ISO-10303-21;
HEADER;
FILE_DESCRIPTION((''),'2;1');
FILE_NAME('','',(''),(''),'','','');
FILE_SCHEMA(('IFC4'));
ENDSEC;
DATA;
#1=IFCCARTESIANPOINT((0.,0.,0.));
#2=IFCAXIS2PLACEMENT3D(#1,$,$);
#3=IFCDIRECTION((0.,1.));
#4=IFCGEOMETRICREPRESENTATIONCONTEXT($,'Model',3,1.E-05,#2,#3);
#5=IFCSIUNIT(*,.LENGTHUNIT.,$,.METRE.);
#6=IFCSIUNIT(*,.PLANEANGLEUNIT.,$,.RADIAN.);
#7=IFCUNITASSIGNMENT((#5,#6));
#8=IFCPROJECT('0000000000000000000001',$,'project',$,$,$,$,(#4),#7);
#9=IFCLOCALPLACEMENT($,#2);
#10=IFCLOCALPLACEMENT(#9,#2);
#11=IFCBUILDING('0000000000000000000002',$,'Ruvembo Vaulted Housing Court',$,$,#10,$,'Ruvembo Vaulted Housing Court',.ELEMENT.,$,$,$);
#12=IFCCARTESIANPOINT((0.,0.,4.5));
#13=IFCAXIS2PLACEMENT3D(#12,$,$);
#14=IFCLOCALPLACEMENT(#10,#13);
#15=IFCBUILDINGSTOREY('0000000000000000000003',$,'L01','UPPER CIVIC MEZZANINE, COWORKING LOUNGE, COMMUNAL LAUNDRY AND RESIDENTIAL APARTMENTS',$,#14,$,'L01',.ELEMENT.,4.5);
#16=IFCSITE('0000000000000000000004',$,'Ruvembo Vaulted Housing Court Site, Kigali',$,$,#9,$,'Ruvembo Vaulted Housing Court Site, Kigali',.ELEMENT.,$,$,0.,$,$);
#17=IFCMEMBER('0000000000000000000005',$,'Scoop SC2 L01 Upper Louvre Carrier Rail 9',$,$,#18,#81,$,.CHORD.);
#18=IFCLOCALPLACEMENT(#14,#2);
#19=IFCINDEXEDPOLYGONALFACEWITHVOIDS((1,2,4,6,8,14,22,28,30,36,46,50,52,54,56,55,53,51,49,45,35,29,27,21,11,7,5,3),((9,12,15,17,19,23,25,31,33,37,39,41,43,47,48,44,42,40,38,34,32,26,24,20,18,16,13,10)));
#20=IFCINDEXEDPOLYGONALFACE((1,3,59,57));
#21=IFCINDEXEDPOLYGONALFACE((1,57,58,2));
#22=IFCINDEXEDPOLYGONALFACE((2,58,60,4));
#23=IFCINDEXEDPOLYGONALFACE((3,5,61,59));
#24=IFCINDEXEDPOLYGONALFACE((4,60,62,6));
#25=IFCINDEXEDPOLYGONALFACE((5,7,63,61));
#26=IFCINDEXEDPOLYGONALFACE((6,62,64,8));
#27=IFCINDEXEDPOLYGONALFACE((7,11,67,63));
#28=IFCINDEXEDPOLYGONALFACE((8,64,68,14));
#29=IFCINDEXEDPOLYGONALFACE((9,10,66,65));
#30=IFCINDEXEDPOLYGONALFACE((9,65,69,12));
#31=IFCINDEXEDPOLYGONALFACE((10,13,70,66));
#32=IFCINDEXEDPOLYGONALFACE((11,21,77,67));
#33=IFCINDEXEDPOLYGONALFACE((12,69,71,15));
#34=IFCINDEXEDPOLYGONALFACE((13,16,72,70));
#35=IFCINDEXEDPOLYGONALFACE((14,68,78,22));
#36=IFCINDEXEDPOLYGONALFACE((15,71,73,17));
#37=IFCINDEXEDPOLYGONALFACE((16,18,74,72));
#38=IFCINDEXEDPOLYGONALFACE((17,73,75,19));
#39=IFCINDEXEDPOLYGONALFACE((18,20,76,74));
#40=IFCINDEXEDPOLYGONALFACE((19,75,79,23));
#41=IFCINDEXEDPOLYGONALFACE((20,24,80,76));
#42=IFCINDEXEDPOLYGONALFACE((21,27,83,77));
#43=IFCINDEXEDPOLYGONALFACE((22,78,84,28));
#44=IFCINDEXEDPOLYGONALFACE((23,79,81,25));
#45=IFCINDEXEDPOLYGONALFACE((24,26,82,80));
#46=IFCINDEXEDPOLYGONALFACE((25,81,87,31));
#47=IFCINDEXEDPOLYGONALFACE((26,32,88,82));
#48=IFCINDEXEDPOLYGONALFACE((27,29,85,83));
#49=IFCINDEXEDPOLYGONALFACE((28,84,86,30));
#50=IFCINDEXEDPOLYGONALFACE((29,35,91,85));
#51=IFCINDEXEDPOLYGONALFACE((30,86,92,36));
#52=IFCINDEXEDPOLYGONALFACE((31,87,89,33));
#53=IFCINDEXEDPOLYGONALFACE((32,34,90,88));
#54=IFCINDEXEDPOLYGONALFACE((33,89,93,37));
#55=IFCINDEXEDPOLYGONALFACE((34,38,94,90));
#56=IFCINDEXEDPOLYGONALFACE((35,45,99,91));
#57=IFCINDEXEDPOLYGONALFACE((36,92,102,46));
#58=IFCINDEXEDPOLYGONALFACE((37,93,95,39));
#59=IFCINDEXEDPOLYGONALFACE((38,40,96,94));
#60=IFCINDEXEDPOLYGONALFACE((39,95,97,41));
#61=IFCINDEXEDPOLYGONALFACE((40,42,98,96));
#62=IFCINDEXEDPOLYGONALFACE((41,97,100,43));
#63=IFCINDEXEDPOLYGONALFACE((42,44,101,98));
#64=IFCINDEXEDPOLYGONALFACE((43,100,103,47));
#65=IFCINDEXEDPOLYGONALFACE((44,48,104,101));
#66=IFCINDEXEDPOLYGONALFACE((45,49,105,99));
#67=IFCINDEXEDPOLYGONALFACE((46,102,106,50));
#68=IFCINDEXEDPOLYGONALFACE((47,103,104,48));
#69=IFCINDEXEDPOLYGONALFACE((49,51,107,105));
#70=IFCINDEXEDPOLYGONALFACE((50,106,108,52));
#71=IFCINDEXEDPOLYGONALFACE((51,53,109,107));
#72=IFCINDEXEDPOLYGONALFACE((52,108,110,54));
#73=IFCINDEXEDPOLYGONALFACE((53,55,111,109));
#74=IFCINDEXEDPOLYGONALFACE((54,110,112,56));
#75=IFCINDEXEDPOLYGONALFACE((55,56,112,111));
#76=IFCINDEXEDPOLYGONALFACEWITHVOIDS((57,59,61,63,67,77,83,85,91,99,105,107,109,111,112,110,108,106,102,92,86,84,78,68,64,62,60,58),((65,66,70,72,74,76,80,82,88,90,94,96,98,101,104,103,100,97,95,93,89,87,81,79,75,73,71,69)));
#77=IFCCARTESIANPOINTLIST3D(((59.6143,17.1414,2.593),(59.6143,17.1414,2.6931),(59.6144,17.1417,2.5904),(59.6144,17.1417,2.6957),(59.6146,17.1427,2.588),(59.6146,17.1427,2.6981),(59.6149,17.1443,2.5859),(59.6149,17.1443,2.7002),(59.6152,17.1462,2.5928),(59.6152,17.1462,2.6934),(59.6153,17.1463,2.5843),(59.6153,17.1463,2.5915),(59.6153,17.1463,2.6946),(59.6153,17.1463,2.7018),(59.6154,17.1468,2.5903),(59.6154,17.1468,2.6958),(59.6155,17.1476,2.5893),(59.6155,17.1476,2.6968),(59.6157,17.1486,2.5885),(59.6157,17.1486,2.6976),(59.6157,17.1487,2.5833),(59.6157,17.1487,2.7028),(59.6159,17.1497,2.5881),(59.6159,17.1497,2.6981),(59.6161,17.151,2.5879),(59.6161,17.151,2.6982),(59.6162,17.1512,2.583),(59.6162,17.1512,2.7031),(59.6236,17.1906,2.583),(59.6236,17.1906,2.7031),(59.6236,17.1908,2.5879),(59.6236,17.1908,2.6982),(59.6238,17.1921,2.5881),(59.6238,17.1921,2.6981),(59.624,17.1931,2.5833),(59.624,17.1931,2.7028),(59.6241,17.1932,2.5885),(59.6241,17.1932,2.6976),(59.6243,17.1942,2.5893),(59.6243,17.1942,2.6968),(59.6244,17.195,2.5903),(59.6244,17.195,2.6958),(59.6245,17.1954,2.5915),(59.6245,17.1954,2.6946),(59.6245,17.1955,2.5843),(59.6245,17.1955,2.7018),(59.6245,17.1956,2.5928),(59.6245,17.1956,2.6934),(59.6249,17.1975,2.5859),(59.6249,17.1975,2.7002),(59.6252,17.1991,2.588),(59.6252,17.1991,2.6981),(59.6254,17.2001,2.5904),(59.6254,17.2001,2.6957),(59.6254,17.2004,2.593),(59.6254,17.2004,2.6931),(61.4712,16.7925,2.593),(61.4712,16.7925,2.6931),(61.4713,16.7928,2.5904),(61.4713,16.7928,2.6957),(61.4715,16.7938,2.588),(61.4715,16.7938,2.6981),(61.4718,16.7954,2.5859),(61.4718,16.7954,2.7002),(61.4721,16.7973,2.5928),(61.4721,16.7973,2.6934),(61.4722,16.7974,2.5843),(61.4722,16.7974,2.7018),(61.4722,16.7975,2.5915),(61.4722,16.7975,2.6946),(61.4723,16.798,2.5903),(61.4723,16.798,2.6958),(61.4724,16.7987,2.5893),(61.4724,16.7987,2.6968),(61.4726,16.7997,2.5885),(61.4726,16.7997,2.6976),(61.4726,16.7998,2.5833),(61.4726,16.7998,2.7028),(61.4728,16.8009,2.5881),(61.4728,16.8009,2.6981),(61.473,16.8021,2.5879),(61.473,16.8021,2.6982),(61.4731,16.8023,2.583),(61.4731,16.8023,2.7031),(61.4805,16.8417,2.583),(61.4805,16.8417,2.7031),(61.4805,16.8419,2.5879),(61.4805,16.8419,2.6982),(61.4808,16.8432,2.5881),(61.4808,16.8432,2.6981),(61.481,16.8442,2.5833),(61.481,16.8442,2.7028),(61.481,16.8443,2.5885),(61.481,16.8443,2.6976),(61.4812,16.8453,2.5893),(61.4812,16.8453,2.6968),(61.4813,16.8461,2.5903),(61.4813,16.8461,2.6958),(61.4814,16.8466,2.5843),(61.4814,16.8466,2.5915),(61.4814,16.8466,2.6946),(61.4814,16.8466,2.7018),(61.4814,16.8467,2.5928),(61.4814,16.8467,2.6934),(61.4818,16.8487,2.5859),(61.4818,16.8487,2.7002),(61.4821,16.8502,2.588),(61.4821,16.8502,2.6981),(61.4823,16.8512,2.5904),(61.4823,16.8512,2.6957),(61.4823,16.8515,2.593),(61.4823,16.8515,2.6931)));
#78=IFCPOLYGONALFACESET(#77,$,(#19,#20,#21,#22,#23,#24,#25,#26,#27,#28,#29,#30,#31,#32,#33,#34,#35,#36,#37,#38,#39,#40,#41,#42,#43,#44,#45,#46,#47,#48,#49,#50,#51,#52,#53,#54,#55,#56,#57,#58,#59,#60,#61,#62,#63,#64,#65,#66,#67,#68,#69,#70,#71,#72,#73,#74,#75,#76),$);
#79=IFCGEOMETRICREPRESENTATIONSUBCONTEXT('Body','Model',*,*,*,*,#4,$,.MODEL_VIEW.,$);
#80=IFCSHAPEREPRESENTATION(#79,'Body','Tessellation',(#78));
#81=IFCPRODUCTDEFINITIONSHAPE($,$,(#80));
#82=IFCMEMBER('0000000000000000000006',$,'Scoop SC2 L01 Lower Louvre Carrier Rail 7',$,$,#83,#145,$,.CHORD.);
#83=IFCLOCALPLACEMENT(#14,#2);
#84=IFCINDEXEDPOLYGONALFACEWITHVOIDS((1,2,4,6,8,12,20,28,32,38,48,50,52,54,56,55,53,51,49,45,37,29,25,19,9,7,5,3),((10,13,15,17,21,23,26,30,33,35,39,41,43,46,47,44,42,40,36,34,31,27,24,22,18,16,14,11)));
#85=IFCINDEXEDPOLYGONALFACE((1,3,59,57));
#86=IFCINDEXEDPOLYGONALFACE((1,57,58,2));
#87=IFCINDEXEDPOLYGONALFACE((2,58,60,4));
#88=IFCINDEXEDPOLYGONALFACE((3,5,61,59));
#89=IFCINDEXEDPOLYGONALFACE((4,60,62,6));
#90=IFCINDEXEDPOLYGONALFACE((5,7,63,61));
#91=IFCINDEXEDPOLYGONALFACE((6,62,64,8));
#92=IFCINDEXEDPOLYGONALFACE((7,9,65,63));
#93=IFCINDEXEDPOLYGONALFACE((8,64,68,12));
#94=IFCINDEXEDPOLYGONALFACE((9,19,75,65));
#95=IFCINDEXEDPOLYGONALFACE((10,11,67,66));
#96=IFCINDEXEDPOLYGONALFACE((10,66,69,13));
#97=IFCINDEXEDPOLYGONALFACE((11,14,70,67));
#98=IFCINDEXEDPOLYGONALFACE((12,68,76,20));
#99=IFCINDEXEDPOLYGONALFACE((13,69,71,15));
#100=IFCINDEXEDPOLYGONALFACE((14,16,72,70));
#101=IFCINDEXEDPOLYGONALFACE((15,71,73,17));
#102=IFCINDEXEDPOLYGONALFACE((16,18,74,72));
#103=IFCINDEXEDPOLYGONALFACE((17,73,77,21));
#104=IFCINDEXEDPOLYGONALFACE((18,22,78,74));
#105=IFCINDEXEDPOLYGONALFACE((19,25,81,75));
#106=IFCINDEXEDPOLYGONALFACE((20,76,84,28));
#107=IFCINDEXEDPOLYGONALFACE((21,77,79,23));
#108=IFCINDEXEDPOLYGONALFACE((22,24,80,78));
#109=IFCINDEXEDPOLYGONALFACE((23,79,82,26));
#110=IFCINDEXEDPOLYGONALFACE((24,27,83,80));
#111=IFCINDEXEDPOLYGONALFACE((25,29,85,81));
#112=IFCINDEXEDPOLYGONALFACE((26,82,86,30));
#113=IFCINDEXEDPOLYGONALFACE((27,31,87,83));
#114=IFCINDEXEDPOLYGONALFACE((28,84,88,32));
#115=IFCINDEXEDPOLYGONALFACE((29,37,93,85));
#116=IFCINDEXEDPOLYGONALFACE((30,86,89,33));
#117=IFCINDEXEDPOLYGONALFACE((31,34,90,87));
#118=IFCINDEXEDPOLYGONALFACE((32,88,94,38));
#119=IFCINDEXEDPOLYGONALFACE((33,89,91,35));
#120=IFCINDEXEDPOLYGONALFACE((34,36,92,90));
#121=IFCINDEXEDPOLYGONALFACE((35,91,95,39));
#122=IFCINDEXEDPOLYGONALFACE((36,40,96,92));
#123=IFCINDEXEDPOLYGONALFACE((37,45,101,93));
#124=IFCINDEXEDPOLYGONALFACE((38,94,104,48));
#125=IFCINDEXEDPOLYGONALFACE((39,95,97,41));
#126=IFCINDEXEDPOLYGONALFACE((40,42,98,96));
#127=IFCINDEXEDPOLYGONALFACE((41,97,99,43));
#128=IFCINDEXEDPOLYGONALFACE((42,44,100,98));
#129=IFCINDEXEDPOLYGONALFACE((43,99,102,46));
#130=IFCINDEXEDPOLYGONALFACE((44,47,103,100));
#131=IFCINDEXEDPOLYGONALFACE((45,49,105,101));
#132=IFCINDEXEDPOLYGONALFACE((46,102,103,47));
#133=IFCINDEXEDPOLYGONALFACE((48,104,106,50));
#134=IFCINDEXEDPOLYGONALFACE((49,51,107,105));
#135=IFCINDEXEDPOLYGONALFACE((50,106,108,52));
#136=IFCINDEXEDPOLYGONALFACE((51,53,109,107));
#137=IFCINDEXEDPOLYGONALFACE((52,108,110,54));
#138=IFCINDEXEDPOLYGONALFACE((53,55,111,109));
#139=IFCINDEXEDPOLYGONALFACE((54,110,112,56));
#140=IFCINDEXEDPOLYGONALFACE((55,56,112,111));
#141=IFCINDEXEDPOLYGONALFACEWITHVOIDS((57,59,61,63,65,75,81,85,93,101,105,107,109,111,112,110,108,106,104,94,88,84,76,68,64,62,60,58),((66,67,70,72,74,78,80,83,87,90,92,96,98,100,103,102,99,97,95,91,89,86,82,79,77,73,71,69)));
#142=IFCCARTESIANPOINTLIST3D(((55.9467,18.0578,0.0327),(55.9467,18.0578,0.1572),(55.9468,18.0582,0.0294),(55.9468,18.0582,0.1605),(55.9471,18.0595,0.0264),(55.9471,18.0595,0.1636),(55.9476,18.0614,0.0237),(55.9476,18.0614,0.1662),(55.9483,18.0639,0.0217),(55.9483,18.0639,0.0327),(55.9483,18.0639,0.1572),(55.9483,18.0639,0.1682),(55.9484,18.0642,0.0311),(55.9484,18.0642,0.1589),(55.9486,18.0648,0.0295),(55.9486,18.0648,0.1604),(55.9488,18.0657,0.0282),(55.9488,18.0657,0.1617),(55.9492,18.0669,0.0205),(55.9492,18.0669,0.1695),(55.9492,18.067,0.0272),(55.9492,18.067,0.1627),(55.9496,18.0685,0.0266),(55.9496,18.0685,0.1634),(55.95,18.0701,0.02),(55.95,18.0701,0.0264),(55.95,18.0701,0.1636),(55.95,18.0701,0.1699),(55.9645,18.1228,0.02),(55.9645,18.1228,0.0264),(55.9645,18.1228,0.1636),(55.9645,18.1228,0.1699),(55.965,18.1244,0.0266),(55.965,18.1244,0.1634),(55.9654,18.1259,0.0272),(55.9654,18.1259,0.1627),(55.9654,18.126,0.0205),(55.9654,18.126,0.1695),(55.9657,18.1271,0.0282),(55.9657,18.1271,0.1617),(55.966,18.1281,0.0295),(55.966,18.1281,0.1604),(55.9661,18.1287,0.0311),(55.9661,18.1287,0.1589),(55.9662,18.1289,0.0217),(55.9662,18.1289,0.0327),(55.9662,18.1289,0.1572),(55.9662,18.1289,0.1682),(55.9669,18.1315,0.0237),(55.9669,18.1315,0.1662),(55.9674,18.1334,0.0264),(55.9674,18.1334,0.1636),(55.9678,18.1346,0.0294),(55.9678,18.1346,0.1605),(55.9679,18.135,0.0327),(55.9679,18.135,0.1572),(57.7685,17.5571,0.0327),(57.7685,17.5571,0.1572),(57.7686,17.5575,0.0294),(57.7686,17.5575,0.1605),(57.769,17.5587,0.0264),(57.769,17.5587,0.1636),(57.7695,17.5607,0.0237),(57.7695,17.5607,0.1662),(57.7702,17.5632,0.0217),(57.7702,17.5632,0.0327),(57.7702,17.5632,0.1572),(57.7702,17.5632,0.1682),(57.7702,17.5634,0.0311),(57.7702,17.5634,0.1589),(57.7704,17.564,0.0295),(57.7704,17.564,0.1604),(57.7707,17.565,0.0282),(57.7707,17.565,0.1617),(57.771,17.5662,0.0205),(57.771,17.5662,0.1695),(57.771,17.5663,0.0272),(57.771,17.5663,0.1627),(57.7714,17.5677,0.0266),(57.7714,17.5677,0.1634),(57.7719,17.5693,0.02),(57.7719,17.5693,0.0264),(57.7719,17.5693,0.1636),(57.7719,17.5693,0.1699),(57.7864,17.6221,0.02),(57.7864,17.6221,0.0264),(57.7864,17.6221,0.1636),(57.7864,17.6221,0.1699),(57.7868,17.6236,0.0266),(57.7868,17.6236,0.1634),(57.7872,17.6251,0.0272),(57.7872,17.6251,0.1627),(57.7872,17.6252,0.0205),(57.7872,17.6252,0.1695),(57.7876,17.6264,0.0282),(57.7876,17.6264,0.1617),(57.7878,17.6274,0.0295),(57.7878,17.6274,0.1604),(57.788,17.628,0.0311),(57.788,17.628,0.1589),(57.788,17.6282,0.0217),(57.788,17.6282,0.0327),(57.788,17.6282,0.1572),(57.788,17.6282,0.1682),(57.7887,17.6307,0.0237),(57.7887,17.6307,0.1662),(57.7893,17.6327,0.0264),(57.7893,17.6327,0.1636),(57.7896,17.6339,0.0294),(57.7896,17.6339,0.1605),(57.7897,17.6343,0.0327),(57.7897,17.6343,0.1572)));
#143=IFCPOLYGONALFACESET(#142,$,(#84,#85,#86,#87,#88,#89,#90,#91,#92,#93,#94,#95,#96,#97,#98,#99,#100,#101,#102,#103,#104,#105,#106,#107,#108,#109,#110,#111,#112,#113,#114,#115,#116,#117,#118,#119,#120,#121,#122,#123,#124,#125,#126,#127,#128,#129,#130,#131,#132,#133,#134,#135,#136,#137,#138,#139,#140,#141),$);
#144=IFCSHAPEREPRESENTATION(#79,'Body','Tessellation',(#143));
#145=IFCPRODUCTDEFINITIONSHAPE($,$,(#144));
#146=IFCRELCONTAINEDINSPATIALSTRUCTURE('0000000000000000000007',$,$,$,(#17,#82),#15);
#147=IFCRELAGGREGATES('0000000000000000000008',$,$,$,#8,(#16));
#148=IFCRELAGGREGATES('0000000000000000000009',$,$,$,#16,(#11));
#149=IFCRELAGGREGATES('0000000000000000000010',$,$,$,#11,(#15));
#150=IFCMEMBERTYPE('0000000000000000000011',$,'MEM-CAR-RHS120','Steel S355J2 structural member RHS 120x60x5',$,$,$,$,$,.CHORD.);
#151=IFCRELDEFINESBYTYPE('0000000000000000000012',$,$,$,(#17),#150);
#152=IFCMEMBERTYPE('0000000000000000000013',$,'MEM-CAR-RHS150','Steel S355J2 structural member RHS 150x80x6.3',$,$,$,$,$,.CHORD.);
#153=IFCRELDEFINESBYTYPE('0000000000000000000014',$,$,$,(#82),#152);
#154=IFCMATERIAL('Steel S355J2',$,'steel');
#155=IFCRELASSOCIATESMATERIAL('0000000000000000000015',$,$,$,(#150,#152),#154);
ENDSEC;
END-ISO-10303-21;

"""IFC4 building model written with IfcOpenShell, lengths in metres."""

from ifc_helpers import new_model, si_unit, direction, frame, origin, origin_2d, place, context, subcontext, project, spatial, hollow_rectangle, extrude, material, material_profile, profile_set, type_object, element, save


model = new_model("IFC4")

# Units and contexts
model_context = context("Model", 3, precision=1e-05, world=origin(), true_north=direction((0.0, 1.0)))
body_context = subcontext(model_context, "Body", "Model", "MODEL_VIEW")
ifc_project = project(units=[si_unit("LENGTHUNIT", "METRE"), si_unit("PLANEANGLEUNIT", "RADIAN")], contexts=[model_context])

# Site, building, storey
site_placement = place(None, origin())
site = spatial("IfcSite", under=ifc_project, at=site_placement, Name="Ruvembo Vaulted Housing Court Site, Kigali", LongName="Ruvembo Vaulted Housing Court Site, Kigali", CompositionType="ELEMENT", RefElevation=0.0)
building_placement = place(site_placement, origin())
building = spatial("IfcBuilding", under=site, at=building_placement, Name="Ruvembo Vaulted Housing Court", LongName="Ruvembo Vaulted Housing Court", CompositionType="ELEMENT")
storey_placement = place(building_placement, frame((0.0, 0.0, 4.5)))
storey = spatial("IfcBuildingStorey", under=building, at=storey_placement, Name="L01", Description="UPPER CIVIC MEZZANINE, COWORKING LOUNGE, COMMUNAL LAUNDRY AND RESIDENTIAL APARTMENTS", LongName="L01", CompositionType="ELEMENT", Elevation=4.5)

# Shared definitions
ifc_material_1 = material(Name="Steel S355J2", Category="steel")

# Members
ifc_material_profile_1 = material_profile(ifc_material_1, hollow_rectangle(XDim=0.0601, YDim=0.1201, WallThickness=0.0049, InnerFilletRadius=0.0049, OuterFilletRadius=0.01, at=origin_2d()), Name="RHS 120x60x5")
ifc_profile_set_1 = profile_set([ifc_material_profile_1], Name="Steel S355J2")
member_type_1 = type_object("IfcMemberType", Name="MEM-CAR-RHS120", Description="Steel S355J2 structural member RHS 120x60x5", PredefinedType="CHORD", material=ifc_profile_set_1)
member_1_placement = place(storey_placement, frame((59.6199, 17.1709, 2.6431), z_axis=(0.982805, -0.184647, 0.0), x_axis=(0.184647, 0.982805, 0.0)))
element("IfcMember", 1, at=member_1_placement, inside=storey, type_object=member_type_1, Name="Scoop SC2 L01 Upper Louvre Carrier Rail 9", PredefinedType="CHORD", context=body_context, shape_type="SweptSolid", body=[
    extrude(hollow_rectangle(XDim=0.0601, YDim=0.1201, WallThickness=0.0049, InnerFilletRadius=0.0049, OuterFilletRadius=0.01, at=origin_2d()), origin(), (0.0, 0.0, 1.0), 1.8894),
])
ifc_material_profile_2 = material_profile(ifc_material_1, hollow_rectangle(XDim=0.0801, YDim=0.1499, WallThickness=0.0063, InnerFilletRadius=0.0063, OuterFilletRadius=0.0127, at=origin_2d()), Name="RHS 150x80x6.3")
ifc_profile_set_2 = profile_set([ifc_material_profile_2], Name="Steel S355J2")
member_type_2 = type_object("IfcMemberType", Name="MEM-CAR-RHS150", Description="Steel S355J2 structural member RHS 150x80x6.3", PredefinedType="CHORD", material=ifc_profile_set_2)
member_2_placement = place(storey_placement, frame((55.9573, 18.0964, 0.095), z_axis=(0.96424, -0.26503, 0.0), x_axis=(0.26503, 0.96424, 0.0)))
element("IfcMember", 2, at=member_2_placement, inside=storey, type_object=member_type_2, Name="Scoop SC2 L01 Lower Louvre Carrier Rail 7", PredefinedType="CHORD", context=body_context, shape_type="SweptSolid", body=[
    extrude(hollow_rectangle(XDim=0.0801, YDim=0.1499, WallThickness=0.0063, InnerFilletRadius=0.0063, OuterFilletRadius=0.0127, at=origin_2d()), origin(), (0.0, 0.0, 1.0), 1.8894),
])

save(model, "model.ifc")
